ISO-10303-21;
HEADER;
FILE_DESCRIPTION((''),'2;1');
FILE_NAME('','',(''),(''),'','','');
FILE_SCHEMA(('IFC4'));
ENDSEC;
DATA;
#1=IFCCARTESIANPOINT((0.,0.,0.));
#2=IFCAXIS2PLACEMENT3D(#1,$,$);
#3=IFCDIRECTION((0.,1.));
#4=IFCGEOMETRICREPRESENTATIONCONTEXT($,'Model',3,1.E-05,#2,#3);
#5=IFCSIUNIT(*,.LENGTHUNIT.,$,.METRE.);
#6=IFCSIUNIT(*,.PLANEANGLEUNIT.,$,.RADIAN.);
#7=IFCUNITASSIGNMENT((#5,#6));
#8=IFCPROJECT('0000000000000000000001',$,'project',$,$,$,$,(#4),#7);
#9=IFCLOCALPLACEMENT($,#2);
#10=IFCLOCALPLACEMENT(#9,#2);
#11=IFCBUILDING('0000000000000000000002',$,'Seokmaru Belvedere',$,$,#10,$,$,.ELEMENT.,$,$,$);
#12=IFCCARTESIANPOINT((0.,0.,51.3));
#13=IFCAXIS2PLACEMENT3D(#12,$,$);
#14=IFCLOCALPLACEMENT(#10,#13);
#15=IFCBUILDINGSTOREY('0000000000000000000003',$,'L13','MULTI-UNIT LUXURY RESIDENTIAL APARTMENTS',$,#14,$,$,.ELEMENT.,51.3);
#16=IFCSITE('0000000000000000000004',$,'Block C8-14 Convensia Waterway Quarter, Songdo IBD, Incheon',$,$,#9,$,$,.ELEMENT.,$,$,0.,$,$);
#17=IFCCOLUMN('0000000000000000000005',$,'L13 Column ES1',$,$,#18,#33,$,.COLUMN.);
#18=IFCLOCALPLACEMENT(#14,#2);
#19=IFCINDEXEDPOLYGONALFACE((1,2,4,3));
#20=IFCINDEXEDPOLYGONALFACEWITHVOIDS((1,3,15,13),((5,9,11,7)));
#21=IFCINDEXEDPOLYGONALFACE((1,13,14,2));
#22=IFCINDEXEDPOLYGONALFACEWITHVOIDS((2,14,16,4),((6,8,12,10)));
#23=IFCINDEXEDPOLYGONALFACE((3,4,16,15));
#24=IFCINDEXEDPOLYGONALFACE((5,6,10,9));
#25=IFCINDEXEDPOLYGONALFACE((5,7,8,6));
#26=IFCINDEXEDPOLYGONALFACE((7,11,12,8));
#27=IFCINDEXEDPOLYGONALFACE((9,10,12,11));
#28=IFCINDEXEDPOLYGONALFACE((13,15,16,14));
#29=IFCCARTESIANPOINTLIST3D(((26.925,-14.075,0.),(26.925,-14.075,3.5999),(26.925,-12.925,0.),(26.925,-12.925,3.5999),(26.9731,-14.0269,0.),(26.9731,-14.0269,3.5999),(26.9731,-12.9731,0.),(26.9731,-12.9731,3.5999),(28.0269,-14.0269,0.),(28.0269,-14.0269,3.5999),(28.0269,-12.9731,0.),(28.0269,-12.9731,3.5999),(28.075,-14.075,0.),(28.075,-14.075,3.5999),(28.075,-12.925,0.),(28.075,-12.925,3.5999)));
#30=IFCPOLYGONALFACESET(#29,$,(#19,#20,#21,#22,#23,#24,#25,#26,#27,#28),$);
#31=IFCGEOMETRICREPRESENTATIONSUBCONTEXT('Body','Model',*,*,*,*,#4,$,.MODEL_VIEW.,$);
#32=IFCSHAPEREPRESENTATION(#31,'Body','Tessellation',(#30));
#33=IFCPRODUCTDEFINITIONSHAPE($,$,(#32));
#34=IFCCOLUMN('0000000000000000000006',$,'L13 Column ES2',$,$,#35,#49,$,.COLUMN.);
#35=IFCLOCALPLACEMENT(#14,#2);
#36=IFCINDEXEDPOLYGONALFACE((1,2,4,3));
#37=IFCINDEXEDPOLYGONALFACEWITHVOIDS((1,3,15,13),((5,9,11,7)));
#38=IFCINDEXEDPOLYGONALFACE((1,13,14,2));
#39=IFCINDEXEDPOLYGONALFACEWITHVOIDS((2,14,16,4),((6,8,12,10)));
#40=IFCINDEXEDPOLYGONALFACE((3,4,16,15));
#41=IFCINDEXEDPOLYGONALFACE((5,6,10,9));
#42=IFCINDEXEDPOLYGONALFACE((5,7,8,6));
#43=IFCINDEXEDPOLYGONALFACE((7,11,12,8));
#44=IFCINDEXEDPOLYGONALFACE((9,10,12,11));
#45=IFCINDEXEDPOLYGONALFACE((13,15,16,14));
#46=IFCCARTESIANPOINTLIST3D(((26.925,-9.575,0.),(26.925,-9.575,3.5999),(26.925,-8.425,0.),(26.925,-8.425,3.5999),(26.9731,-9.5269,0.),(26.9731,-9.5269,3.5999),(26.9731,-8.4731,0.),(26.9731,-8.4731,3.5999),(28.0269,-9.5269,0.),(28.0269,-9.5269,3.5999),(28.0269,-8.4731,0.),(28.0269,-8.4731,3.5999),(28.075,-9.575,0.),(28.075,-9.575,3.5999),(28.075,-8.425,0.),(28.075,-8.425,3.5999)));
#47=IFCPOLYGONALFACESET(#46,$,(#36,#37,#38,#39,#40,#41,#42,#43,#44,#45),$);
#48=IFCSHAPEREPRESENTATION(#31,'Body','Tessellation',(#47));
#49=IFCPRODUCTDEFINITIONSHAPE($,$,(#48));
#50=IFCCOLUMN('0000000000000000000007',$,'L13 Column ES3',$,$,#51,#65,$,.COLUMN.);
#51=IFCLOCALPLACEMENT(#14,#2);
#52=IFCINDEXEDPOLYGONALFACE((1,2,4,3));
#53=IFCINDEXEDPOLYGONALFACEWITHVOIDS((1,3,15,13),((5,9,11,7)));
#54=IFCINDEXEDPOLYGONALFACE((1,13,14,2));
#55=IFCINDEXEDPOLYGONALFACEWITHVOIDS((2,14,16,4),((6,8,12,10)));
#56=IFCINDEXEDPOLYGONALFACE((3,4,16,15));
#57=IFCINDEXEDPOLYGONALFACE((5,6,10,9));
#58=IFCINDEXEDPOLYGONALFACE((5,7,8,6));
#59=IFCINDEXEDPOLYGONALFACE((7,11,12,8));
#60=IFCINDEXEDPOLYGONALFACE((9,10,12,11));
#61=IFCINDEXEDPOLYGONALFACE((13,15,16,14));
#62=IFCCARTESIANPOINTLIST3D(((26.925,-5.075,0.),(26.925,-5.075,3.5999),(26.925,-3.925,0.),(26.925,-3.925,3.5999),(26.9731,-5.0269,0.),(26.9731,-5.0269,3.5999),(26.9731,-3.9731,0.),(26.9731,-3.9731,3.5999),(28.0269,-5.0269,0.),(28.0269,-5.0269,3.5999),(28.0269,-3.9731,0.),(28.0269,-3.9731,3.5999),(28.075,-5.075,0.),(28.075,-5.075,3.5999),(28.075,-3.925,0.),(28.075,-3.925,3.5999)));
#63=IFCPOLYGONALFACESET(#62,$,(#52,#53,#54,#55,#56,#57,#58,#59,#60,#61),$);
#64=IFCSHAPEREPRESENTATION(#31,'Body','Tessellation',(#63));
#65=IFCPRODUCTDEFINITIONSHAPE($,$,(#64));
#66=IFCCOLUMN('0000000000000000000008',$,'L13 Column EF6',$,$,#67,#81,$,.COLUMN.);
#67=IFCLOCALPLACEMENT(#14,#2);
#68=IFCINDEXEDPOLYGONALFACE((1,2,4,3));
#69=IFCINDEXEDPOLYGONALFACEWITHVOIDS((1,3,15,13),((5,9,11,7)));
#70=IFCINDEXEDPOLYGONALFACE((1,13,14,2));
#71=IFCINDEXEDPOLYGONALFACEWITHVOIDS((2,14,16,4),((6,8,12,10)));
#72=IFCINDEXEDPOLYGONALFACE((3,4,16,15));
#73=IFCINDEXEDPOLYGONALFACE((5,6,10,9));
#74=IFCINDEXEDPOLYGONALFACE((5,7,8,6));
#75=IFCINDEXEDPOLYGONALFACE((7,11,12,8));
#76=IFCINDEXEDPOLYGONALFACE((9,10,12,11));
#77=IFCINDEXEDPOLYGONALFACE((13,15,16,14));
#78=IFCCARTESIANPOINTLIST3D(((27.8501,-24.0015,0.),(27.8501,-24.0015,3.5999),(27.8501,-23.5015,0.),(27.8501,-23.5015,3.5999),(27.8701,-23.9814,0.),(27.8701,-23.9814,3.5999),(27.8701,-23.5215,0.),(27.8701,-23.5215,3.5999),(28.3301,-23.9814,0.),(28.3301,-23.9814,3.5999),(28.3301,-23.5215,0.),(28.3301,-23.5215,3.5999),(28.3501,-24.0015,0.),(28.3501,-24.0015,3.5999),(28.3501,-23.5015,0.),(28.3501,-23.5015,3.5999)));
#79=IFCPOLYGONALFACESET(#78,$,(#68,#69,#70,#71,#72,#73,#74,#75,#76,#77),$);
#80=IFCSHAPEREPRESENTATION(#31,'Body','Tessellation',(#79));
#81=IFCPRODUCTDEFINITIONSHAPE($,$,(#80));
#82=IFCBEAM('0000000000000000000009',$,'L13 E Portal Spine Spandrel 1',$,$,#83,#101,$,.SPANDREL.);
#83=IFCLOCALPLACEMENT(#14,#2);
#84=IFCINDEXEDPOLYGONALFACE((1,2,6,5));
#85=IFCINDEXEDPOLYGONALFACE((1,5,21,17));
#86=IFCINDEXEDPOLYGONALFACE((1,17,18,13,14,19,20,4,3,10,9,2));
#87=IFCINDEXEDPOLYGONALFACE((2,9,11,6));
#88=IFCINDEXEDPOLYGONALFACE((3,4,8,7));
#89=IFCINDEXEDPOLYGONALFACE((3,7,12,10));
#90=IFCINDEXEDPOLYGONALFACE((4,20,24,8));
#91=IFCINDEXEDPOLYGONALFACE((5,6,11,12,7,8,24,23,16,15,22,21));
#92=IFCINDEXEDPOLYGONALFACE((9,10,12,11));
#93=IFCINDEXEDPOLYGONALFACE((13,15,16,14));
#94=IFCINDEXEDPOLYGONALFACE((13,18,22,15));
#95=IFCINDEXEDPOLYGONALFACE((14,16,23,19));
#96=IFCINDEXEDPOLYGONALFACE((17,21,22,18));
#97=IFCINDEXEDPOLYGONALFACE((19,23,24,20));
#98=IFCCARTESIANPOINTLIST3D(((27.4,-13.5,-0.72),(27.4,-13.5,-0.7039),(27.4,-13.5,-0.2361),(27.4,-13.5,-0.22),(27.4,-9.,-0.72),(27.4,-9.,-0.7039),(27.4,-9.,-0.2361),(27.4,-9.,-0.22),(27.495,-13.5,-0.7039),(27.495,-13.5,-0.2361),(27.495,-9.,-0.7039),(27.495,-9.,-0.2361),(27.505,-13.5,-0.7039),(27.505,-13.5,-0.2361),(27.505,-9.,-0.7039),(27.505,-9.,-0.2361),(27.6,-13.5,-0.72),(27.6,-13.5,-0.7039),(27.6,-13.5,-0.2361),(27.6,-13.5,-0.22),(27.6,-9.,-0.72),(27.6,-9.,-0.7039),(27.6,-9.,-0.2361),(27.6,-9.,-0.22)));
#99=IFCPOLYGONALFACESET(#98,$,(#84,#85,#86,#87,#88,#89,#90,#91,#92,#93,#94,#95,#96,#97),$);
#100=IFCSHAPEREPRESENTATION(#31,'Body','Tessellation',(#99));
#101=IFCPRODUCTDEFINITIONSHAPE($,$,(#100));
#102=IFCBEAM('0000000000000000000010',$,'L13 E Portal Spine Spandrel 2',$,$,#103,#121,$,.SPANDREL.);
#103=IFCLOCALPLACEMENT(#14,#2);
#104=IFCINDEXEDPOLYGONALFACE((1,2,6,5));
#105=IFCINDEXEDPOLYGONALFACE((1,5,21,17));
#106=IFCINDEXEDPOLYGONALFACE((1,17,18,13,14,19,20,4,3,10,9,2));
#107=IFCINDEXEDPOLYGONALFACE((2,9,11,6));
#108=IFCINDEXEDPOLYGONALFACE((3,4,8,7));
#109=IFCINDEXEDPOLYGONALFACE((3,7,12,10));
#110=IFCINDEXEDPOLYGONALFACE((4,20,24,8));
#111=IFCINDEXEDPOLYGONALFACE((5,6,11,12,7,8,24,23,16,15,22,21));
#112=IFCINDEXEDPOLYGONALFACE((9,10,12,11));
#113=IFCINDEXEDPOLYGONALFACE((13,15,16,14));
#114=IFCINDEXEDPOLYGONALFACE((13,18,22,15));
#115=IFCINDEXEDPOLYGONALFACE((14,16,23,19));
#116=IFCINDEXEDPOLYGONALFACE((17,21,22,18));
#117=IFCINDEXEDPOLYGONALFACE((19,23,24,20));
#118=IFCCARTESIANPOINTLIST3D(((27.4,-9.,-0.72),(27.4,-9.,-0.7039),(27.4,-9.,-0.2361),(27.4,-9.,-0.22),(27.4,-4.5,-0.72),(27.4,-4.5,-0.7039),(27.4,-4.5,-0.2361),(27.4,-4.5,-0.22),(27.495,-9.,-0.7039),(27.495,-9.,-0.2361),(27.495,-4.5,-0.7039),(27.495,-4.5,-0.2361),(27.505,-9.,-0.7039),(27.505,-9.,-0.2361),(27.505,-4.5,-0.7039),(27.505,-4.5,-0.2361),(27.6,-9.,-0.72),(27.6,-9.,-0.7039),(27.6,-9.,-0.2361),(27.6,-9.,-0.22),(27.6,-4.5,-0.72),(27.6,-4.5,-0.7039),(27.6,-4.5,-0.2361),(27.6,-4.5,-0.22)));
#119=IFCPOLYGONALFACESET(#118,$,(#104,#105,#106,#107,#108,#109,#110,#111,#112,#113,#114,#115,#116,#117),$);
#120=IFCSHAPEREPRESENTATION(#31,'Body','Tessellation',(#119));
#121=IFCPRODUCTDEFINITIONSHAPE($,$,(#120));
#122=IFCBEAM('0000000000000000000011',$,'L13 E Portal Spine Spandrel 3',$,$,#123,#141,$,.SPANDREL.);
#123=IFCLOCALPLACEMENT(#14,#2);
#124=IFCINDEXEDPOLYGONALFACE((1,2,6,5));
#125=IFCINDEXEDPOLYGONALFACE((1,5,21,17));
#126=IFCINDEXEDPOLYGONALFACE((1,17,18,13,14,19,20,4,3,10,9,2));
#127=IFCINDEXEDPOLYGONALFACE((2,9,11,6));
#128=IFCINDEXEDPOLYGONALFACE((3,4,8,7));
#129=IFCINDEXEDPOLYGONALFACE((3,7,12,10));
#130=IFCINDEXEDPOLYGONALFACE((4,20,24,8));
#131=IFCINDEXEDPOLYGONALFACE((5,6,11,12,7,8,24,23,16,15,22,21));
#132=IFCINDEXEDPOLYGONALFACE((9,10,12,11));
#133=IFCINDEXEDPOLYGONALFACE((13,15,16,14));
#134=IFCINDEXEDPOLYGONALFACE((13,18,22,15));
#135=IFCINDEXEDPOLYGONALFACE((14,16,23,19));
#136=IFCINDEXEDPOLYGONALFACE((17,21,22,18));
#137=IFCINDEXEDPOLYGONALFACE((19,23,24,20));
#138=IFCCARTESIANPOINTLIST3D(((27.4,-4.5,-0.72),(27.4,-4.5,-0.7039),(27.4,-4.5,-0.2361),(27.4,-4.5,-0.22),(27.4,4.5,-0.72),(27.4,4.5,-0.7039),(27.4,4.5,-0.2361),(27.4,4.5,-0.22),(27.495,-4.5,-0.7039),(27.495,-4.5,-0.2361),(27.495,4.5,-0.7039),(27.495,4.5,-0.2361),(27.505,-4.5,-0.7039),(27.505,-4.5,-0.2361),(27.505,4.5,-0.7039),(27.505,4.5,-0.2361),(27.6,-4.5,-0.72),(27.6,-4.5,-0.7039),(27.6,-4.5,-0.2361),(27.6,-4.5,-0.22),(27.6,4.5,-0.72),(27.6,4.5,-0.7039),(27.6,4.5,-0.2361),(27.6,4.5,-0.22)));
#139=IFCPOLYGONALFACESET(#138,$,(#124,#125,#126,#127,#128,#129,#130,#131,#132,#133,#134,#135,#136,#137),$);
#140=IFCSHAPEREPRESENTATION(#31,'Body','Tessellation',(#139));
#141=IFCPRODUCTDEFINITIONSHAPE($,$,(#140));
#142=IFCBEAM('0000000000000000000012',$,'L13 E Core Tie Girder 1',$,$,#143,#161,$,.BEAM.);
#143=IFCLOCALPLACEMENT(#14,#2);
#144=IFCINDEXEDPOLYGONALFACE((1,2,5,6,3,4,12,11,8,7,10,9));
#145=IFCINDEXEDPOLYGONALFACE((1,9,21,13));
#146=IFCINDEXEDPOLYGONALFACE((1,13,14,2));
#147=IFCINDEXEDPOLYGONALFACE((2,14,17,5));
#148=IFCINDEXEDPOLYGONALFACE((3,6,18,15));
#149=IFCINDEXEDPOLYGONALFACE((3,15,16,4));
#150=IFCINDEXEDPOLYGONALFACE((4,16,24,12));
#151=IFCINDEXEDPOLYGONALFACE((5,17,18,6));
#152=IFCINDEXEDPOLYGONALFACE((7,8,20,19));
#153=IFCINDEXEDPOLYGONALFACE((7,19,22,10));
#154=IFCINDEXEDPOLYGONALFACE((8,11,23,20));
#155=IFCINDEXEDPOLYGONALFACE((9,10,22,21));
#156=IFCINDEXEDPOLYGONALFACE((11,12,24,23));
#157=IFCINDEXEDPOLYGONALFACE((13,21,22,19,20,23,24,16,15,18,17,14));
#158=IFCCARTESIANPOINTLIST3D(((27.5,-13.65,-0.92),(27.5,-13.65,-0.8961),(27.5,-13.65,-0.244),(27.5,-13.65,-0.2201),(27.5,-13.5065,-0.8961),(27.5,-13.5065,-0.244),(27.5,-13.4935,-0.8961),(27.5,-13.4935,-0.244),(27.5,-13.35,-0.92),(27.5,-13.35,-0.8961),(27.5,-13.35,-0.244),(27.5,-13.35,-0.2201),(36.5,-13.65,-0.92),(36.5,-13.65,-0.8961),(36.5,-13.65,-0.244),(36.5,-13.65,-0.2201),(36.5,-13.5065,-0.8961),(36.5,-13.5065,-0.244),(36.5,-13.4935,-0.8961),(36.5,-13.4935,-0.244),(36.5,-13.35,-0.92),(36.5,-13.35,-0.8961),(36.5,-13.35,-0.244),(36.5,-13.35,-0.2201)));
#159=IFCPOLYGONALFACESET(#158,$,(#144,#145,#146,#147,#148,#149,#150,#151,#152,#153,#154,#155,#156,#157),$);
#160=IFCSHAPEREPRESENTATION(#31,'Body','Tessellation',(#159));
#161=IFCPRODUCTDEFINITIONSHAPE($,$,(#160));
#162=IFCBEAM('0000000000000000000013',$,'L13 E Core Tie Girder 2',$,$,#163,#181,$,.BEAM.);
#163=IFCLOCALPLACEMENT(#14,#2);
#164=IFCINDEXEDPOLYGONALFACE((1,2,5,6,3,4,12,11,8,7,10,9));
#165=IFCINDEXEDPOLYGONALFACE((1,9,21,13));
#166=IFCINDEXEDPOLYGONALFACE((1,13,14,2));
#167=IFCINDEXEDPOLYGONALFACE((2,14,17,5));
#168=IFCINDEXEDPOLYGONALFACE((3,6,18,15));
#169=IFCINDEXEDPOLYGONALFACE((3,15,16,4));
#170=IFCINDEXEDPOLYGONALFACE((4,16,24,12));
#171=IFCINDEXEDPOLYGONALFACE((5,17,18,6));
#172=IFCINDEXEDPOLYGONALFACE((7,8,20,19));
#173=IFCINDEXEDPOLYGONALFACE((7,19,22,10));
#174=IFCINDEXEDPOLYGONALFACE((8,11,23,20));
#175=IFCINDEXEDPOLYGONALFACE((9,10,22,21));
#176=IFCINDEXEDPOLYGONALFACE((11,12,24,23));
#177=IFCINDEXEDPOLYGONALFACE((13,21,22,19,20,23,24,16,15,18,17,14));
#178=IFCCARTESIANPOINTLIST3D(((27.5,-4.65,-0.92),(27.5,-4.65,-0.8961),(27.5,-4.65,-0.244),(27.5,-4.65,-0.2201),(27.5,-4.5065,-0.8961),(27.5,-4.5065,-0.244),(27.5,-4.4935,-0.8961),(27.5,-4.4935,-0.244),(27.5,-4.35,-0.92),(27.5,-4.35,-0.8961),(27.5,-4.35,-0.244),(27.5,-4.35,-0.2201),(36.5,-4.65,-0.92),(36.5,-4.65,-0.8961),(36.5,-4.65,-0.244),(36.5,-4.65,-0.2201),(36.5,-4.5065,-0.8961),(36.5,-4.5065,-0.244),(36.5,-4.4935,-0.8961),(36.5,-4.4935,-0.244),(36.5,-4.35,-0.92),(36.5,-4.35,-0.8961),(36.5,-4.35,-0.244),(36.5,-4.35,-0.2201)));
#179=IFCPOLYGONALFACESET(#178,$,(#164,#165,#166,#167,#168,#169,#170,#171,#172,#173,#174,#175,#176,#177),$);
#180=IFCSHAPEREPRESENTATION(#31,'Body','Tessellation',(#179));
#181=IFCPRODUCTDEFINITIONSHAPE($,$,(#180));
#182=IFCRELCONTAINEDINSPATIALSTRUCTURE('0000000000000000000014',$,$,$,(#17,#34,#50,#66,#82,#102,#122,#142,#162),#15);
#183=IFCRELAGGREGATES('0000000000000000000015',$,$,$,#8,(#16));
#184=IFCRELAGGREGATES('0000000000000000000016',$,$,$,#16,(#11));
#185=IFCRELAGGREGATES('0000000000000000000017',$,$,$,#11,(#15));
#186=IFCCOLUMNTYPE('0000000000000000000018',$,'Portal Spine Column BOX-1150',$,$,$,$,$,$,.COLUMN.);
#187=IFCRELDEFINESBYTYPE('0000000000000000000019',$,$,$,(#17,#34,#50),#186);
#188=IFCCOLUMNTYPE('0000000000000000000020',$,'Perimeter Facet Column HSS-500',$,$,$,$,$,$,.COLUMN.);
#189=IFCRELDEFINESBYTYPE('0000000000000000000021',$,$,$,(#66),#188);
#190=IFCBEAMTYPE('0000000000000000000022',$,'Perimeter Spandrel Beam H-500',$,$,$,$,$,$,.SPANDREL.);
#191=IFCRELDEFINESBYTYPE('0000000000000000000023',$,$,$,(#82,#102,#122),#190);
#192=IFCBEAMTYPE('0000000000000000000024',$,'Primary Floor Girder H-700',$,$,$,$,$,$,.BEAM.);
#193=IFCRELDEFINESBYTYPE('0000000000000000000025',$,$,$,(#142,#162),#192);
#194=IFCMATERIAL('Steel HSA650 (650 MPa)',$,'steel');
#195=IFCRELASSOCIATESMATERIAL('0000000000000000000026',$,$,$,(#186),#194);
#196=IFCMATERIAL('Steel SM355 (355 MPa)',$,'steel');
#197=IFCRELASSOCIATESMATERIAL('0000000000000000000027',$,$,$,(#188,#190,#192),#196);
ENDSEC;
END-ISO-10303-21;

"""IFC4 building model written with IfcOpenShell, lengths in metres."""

from ifc_helpers import new_model, si_unit, direction, frame, origin, origin_2d, place, context, subcontext, project, spatial, hollow_rectangle, i_section, extrude, source, transform, mapped, material, material_profile, profile_set, type_object, type_shapes, element, save


model = new_model("IFC4")

# Units and contexts
model_context = context("Model", 3, precision=1e-05, world=origin(), true_north=direction((0.0, 1.0)))
body_context = subcontext(model_context, "Body", "Model", "MODEL_VIEW")
ifc_project = project(units=[si_unit("LENGTHUNIT", "METRE"), si_unit("PLANEANGLEUNIT", "RADIAN")], contexts=[model_context])

# Site, building, storey
site_placement = place(None, origin())
site = spatial("IfcSite", under=ifc_project, at=site_placement, Name="Block C8-14 Convensia Waterway Quarter, Songdo IBD, Incheon", CompositionType="ELEMENT", RefElevation=0.0)
building_placement = place(site_placement, origin())
building = spatial("IfcBuilding", under=site, at=building_placement, Name="Seokmaru Belvedere", CompositionType="ELEMENT")
storey_placement = place(building_placement, frame((0.0, 0.0, 51.3)))
storey = spatial("IfcBuildingStorey", under=building, at=storey_placement, Name="L13", Description="MULTI-UNIT LUXURY RESIDENTIAL APARTMENTS", CompositionType="ELEMENT", Elevation=51.3)

# Columns
ifc_material_1 = material(Name="Steel HSA650 (650 MPa)", Category="steel")
ifc_material_profile_1 = material_profile(ifc_material_1, hollow_rectangle(XDim=1.1499, YDim=1.1499, WallThickness=0.0481, at=origin_2d()), Name="BOX-1150x1150x48")
ifc_profile_set_1 = profile_set([ifc_material_profile_1], Name="Steel HSA650 (650 MPa)")
column_type_1 = type_object("IfcColumnType", Name="Portal Spine Column BOX-1150", PredefinedType="COLUMN", material=ifc_profile_set_1)
shared_shape_1 = source(origin(), body_context, "Body", "SweptSolid", [
    extrude(hollow_rectangle(XDim=1.1499, YDim=1.1499, WallThickness=0.0481, at=origin_2d()), origin(), (0.0, 0.0, 1.0), 3.5999),
])
type_shapes(column_type_1, [shared_shape_1])
for number, where, z_axis, x_axis, name in (
    (1, (27.5, -13.5, 0.0), (0.0, 0.0, 1.0), (1.0, 0.0, 0.0), "L13 Column ES1"),
    (2, (27.5, -9.0, 0.0), (0.0, 0.0, 1.0), (1.0, 0.0, 0.0), "L13 Column ES2"),
    (3, (27.5, -4.5, 0.0), (0.0, 0.0, 1.0), (1.0, 0.0, 0.0), "L13 Column ES3"),
):
    element("IfcColumn", number, at=place(storey_placement, frame(where, z_axis=z_axis, x_axis=x_axis)), inside=storey, type_object=column_type_1, Name=name, PredefinedType="COLUMN", context=body_context, shape_type="MappedRepresentation", body=[
        mapped(shared_shape_1, transform((0.0, 0.0, 0.0), scale=1.0)),
    ])
ifc_material_2 = material(Name="Steel SM355 (355 MPa)", Category="steel")
ifc_material_profile_2 = material_profile(ifc_material_2, hollow_rectangle(XDim=0.5, YDim=0.5, WallThickness=0.02, at=origin_2d()), Name="HSS-500x500x20")
ifc_profile_set_2 = profile_set([ifc_material_profile_2], Name="Steel SM355 (355 MPa)")
column_type_2 = type_object("IfcColumnType", Name="Perimeter Facet Column HSS-500", PredefinedType="COLUMN", material=ifc_profile_set_2)
shared_shape_2 = source(origin(), body_context, "Body", "SweptSolid", [
    extrude(hollow_rectangle(XDim=0.5, YDim=0.5, WallThickness=0.02, at=origin_2d()), origin(), (0.0, 0.0, 1.0), 3.5999),
])
type_shapes(column_type_2, [shared_shape_2])
column_placement = place(storey_placement, frame((28.1001, -23.7515, 0.0), z_axis=(0.0, 0.0, 1.0), x_axis=(1.0, 0.0, 0.0)))
element("IfcColumn", 4, at=column_placement, inside=storey, type_object=column_type_2, Name="L13 Column EF6", PredefinedType="COLUMN", context=body_context, shape_type="MappedRepresentation", body=[
    mapped(shared_shape_2, transform((0.0, 0.0, 0.0), scale=1.0)),
])

# Beams
ifc_material_profile_3 = material_profile(ifc_material_2, i_section(OverallWidth=0.2, OverallDepth=0.5, WebThickness=0.01, FlangeThickness=0.0161, at=origin_2d()), Name="H-500x200x10x16")
ifc_profile_set_3 = profile_set([ifc_material_profile_3], Name="Steel SM355 (355 MPa)")
beam_type_1 = type_object("IfcBeamType", Name="Perimeter Spandrel Beam H-500", PredefinedType="SPANDREL", material=ifc_profile_set_3)
shared_shape_3 = source(origin(), body_context, "Body", "SweptSolid", [
    extrude(i_section(OverallWidth=0.2, OverallDepth=0.5, WebThickness=0.01, FlangeThickness=0.0161, at=origin_2d()), origin(), (0.0, 0.0, 1.0), 4.5),
])
for number, where, z_axis, x_axis, name in (
    (5, (27.5, -13.5, -0.47), (0.0, 1.0, 0.0), (-1.0, 0.0, 0.0), "L13 E Portal Spine Spandrel 1"),
    (6, (27.5, -9.0, -0.47), (0.0, 1.0, 0.0), (-1.0, 0.0, 0.0), "L13 E Portal Spine Spandrel 2"),
):
    element("IfcBeam", number, at=place(storey_placement, frame(where, z_axis=z_axis, x_axis=x_axis)), inside=storey, type_object=beam_type_1, Name=name, PredefinedType="SPANDREL", context=body_context, shape_type="MappedRepresentation", body=[
        mapped(shared_shape_3, transform((0.0, 0.0, 0.0), scale=1.0)),
    ])
shared_shape_4 = source(origin(), body_context, "Body", "SweptSolid", [
    extrude(i_section(OverallWidth=0.2, OverallDepth=0.5, WebThickness=0.01, FlangeThickness=0.0161, at=origin_2d()), origin(), (0.0, 0.0, 1.0), 9.0),
])
beam_1_placement = place(storey_placement, frame((27.5, -4.5, -0.47), z_axis=(0.0, 1.0, 0.0), x_axis=(-1.0, 0.0, 0.0)))
element("IfcBeam", 7, at=beam_1_placement, inside=storey, type_object=beam_type_1, Name="L13 E Portal Spine Spandrel 3", PredefinedType="SPANDREL", context=body_context, shape_type="MappedRepresentation", body=[
    mapped(shared_shape_4, transform((0.0, 0.0, 0.0), scale=1.0)),
])
ifc_material_profile_4 = material_profile(ifc_material_2, i_section(OverallWidth=0.3, OverallDepth=0.7, WebThickness=0.0129, FlangeThickness=0.0239, at=origin_2d()), Name="H-700x300x13x24")
ifc_profile_set_4 = profile_set([ifc_material_profile_4], Name="Steel SM355 (355 MPa)")
beam_type_2 = type_object("IfcBeamType", Name="Primary Floor Girder H-700", PredefinedType="BEAM", material=ifc_profile_set_4)
shared_shape_5 = source(origin(), body_context, "Body", "SweptSolid", [
    extrude(i_section(OverallWidth=0.3, OverallDepth=0.7, WebThickness=0.0129, FlangeThickness=0.0239, at=origin_2d()), origin(), (0.0, 0.0, 1.0), 9.0),
])
type_shapes(beam_type_2, [shared_shape_5])
for number, where, z_axis, x_axis, name in (
    (8, (27.5, -13.5, -0.5701), (1.0, 0.0, 0.0), (0.0, 1.0, 0.0), "L13 E Core Tie Girder 1"),
    (9, (27.5, -4.5, -0.5701), (1.0, 0.0, 0.0), (0.0, 1.0, 0.0), "L13 E Core Tie Girder 2"),
):
    element("IfcBeam", number, at=place(storey_placement, frame(where, z_axis=z_axis, x_axis=x_axis)), inside=storey, type_object=beam_type_2, Name=name, PredefinedType="BEAM", context=body_context, shape_type="MappedRepresentation", body=[
        mapped(shared_shape_5, transform((0.0, 0.0, 0.0), scale=1.0)),
    ])

save(model, "model.ifc")
